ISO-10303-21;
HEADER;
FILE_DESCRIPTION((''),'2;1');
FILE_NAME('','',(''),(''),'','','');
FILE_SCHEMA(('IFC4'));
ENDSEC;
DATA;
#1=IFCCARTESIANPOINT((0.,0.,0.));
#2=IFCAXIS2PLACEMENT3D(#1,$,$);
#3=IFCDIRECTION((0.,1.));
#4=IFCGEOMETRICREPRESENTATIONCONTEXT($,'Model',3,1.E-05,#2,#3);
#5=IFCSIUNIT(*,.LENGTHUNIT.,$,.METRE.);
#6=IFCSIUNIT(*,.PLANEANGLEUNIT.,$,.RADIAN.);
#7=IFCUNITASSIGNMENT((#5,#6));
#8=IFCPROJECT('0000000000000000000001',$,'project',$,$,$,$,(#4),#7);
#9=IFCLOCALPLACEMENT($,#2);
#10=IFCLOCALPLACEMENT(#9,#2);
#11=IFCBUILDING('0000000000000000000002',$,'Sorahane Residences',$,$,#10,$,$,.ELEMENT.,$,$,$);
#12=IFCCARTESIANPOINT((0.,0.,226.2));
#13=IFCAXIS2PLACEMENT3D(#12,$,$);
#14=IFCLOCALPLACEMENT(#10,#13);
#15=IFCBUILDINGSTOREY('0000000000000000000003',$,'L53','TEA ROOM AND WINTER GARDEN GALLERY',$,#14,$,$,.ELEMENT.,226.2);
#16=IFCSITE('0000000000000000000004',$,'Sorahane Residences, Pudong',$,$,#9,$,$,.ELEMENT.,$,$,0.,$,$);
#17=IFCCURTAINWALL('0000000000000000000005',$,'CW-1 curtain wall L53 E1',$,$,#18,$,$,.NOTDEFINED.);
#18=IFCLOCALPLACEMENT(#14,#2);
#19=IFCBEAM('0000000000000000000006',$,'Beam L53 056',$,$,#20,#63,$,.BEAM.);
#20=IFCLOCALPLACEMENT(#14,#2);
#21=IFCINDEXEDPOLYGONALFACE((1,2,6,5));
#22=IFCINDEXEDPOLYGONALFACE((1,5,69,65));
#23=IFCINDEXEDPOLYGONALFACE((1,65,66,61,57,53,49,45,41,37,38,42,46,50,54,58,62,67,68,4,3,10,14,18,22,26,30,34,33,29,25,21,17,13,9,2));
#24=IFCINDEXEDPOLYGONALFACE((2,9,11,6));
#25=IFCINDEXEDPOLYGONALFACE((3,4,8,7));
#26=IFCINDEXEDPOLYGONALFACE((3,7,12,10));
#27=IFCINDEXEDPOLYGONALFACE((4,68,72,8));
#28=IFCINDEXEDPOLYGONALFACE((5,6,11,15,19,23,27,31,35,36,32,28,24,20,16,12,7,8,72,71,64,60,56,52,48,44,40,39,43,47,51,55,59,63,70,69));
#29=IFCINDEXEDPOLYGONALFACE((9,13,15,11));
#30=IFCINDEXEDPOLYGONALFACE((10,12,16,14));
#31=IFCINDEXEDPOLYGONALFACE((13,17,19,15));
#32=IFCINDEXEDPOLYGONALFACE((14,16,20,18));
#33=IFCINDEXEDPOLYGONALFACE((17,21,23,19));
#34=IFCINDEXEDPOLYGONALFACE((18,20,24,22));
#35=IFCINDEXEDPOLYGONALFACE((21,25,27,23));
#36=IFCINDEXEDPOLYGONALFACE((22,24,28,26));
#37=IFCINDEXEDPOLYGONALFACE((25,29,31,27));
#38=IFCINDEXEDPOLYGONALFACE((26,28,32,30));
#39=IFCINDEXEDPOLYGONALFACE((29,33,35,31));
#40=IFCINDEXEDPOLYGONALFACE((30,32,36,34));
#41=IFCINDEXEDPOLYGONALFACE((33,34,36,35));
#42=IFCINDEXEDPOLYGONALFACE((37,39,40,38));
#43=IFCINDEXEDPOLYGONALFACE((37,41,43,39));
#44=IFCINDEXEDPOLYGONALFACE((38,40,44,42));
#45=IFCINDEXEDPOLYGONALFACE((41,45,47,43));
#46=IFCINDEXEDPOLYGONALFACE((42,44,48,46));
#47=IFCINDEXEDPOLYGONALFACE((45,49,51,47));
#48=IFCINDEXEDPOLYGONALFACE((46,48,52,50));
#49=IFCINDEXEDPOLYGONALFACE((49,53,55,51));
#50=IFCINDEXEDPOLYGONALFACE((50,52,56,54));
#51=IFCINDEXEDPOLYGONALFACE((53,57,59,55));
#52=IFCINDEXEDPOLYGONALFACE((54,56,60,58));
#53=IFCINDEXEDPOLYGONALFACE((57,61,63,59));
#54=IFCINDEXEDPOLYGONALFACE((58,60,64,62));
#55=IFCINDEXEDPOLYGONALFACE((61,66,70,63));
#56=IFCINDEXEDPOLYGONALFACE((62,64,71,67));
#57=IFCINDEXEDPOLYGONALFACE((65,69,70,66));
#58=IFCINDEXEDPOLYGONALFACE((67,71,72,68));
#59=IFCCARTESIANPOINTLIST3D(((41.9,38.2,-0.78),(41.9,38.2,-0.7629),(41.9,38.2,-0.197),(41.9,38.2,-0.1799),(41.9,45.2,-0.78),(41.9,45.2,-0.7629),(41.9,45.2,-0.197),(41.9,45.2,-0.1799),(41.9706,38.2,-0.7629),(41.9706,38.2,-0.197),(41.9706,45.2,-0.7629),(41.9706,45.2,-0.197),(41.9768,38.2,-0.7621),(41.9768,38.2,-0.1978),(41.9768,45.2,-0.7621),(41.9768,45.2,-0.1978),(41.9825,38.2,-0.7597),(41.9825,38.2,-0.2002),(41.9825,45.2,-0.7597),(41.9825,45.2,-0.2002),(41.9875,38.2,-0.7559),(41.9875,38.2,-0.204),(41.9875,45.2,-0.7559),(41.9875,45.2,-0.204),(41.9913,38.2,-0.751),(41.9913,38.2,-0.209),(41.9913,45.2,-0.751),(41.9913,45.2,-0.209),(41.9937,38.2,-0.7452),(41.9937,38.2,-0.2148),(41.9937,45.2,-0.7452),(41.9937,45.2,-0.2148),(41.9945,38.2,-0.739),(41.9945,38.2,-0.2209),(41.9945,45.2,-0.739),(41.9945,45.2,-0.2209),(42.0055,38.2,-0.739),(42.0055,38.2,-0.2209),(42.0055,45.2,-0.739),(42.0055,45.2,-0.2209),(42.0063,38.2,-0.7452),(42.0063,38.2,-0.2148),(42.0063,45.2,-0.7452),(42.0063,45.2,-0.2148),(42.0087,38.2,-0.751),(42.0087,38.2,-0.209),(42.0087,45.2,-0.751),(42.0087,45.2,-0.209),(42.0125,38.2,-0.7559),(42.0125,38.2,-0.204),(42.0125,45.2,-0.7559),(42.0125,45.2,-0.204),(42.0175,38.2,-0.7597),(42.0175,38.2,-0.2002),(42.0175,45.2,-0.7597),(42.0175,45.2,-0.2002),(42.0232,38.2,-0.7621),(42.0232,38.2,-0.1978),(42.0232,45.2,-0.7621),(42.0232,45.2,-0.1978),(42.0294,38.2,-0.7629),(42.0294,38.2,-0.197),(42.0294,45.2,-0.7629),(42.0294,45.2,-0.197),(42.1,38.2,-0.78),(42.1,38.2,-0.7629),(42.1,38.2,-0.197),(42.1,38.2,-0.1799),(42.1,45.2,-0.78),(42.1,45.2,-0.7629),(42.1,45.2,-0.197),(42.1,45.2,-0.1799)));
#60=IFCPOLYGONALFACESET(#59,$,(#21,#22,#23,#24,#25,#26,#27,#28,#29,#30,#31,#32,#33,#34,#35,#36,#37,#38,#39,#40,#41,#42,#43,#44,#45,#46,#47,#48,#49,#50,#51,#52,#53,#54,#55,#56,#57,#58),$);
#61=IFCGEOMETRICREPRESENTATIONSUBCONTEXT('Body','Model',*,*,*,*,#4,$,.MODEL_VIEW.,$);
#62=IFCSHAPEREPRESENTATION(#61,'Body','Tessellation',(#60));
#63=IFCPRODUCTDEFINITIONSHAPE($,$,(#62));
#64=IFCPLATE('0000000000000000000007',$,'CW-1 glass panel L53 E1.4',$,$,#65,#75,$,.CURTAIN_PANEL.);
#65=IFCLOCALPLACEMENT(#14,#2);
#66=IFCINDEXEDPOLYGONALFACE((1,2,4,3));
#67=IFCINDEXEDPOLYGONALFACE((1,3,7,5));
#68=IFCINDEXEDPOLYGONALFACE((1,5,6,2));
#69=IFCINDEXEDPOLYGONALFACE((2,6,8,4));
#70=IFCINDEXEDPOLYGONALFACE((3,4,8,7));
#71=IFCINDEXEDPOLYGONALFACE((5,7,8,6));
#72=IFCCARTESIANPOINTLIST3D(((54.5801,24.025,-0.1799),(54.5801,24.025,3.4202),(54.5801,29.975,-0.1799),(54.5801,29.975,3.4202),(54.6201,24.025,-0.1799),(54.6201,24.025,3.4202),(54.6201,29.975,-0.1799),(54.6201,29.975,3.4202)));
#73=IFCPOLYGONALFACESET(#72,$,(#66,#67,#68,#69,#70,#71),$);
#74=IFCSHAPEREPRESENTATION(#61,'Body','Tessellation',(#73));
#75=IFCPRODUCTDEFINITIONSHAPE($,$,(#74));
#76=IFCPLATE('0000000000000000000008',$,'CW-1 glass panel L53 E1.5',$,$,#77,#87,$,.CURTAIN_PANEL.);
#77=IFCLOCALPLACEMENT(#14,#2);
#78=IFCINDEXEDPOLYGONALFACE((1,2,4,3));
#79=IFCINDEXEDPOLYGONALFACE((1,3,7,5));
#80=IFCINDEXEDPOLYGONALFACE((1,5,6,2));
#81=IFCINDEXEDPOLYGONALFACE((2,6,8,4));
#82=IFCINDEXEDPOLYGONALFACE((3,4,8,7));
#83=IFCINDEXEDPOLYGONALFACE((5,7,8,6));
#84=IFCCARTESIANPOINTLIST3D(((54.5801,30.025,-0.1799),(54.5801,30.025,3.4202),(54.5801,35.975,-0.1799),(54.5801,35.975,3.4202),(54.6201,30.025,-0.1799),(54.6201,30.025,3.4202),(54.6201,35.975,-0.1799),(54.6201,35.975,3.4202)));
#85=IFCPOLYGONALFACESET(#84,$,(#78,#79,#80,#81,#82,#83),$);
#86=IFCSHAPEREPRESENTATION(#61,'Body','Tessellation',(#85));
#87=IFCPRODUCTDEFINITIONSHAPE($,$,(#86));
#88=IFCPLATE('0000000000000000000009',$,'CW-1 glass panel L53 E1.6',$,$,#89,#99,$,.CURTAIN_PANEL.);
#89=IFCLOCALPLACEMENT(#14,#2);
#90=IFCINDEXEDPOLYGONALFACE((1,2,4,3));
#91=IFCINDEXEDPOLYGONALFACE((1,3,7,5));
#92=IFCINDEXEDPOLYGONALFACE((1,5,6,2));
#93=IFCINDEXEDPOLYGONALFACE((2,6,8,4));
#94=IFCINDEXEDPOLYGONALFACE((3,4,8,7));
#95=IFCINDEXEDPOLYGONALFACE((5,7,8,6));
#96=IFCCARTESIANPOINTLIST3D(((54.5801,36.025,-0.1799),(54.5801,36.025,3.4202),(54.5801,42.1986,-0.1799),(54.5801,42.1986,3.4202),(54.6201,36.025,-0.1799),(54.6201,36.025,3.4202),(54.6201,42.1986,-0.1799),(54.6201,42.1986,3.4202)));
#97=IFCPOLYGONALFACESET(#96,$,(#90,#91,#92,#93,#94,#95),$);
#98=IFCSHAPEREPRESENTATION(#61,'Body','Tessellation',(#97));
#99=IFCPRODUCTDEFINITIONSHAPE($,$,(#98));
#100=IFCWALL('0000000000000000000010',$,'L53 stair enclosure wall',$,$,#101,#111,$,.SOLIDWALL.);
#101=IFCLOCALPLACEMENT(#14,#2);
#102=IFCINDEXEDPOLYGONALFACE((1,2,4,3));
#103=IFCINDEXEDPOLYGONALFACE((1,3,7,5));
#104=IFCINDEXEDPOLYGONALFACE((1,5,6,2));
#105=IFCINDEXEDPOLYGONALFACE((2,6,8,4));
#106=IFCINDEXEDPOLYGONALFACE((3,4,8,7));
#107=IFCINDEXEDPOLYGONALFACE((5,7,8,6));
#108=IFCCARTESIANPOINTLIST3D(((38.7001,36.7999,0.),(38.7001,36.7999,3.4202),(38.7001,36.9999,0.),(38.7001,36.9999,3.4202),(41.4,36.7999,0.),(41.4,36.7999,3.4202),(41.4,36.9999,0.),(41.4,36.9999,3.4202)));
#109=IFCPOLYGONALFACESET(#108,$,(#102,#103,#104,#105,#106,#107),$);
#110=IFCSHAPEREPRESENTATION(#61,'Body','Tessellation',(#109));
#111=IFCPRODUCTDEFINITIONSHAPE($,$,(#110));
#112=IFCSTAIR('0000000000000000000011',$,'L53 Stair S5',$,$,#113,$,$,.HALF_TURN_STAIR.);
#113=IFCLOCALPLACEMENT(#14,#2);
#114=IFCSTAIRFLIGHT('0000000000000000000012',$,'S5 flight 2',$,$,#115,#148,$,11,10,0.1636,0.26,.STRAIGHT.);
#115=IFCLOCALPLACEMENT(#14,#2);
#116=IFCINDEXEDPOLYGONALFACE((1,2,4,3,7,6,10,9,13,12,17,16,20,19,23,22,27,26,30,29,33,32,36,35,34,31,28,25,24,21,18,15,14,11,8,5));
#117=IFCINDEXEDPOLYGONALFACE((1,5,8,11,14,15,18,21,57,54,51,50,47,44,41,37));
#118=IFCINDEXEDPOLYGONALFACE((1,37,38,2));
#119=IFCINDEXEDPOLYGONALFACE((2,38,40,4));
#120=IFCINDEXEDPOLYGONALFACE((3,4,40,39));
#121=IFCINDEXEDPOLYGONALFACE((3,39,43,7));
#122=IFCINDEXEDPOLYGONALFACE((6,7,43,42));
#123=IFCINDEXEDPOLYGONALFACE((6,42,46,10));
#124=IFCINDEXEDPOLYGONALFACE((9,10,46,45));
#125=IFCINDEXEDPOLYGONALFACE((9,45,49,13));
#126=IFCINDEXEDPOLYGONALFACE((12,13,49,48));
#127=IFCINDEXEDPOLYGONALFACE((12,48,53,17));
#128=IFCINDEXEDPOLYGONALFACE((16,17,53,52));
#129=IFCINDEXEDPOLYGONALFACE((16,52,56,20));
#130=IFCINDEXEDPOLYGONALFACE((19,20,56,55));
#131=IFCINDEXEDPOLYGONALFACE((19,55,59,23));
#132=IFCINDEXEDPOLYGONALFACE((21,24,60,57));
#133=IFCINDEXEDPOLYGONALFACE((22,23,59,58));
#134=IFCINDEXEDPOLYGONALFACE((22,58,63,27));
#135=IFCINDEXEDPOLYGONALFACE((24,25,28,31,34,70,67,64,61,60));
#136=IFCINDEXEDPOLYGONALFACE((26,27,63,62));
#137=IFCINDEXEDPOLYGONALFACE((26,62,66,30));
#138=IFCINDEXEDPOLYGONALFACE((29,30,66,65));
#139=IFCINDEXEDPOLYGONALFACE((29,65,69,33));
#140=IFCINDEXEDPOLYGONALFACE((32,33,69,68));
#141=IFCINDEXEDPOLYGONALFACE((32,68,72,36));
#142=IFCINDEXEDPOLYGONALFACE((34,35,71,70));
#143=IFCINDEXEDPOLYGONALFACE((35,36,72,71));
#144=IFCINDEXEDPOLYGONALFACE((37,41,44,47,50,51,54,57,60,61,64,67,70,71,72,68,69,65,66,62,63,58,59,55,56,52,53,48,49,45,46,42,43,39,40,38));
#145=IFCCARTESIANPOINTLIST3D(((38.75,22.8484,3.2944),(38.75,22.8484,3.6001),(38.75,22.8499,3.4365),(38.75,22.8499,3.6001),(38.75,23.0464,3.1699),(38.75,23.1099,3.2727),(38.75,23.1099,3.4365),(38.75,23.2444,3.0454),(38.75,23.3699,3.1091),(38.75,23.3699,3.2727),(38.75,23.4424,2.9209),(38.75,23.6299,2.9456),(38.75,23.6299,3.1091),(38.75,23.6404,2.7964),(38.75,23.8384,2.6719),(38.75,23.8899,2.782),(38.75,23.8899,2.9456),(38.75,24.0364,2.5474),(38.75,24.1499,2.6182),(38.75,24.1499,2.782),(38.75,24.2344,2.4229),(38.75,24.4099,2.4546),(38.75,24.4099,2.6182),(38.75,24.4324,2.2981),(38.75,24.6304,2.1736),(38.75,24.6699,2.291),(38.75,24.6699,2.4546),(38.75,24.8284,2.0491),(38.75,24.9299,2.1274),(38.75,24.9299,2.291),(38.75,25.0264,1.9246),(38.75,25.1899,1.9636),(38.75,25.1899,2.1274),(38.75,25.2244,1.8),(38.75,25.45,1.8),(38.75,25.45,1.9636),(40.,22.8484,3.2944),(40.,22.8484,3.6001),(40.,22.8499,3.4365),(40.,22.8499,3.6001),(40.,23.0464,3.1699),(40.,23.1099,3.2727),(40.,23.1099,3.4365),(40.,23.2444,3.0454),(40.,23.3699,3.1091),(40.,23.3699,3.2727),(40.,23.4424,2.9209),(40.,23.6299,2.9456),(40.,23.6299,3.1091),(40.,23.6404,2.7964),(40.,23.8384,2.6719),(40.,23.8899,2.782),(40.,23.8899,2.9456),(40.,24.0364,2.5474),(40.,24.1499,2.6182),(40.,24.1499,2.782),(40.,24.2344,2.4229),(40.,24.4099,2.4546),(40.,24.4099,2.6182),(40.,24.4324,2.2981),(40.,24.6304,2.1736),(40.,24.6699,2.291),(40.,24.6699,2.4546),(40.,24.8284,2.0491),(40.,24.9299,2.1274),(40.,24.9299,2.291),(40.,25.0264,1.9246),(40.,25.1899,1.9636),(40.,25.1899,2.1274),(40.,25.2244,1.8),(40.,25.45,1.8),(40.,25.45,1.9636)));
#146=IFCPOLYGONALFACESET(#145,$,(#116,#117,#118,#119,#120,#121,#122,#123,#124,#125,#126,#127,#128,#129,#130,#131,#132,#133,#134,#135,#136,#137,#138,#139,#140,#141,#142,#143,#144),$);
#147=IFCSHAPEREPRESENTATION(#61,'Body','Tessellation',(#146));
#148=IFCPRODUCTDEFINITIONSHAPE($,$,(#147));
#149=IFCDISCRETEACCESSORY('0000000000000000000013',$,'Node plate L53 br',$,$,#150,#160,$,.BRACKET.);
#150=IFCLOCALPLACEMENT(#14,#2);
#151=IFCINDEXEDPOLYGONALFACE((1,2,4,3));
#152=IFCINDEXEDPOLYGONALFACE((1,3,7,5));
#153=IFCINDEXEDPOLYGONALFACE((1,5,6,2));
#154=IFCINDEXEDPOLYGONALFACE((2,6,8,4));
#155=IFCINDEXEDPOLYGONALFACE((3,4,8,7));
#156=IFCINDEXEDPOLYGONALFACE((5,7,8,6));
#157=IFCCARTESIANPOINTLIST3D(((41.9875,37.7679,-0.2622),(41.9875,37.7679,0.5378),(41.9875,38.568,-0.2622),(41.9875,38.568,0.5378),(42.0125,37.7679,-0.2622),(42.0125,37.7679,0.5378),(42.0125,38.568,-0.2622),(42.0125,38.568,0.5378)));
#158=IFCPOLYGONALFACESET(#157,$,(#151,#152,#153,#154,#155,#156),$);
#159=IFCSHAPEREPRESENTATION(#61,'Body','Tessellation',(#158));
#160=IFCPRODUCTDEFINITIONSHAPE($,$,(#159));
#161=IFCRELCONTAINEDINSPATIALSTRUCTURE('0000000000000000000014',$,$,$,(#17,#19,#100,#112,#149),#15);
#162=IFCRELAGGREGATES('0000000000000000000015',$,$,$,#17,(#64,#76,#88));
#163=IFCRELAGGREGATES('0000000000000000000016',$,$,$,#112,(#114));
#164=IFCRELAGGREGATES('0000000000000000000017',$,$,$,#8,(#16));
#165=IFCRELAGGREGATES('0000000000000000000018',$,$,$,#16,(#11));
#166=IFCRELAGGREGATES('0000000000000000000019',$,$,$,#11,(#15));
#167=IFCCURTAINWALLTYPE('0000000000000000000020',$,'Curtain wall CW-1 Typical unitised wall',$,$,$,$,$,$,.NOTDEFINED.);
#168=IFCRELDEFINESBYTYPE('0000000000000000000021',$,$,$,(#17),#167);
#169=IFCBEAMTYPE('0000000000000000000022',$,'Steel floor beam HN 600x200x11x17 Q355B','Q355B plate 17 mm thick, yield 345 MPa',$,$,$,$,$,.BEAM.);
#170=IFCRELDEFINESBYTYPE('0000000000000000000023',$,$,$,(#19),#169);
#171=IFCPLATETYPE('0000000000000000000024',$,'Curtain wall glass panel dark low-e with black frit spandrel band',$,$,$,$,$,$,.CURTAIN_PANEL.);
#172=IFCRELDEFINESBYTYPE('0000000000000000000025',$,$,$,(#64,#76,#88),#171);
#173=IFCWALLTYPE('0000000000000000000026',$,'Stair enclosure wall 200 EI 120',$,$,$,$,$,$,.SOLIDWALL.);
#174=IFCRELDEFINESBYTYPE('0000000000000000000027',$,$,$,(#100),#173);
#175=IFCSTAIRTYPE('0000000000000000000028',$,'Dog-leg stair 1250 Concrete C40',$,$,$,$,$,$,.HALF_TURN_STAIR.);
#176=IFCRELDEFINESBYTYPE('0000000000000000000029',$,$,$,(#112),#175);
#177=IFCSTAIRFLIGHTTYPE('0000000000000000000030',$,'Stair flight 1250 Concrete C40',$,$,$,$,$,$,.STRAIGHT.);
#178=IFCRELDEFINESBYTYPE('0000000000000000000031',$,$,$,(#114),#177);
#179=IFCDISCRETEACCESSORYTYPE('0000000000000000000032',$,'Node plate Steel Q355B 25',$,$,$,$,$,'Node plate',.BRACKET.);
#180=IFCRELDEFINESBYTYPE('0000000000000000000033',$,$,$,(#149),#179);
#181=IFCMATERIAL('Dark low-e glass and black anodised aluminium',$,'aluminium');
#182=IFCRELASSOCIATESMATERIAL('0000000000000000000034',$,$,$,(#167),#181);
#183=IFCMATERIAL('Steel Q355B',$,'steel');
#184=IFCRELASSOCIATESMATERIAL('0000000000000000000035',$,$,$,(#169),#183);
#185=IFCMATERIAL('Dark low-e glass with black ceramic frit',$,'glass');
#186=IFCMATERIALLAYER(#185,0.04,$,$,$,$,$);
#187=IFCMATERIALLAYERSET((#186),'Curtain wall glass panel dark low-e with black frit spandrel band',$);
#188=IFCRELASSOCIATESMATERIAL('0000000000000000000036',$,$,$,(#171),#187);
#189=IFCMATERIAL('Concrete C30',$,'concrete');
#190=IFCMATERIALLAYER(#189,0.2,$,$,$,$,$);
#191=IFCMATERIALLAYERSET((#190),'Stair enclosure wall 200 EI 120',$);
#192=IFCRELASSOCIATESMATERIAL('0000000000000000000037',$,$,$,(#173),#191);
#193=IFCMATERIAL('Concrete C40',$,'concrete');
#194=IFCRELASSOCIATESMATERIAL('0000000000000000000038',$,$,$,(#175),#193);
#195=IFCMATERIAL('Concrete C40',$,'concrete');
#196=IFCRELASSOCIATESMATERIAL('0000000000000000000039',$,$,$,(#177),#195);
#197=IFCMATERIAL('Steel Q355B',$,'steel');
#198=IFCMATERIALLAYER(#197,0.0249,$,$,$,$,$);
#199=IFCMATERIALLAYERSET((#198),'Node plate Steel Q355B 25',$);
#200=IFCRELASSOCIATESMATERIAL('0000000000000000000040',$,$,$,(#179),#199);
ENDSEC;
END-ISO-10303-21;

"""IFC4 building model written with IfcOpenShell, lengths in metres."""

from ifc_helpers import new_model, si_unit, direction, frame, frame_2d, origin, origin_2d, place, context, subcontext, project, spatial, polyline, rectangle, i_section, outline, extrude, material, layer, layer_set, material_profile, profile_set, type_object, element, aggregate, save


model = new_model("IFC4")

# Units and contexts
model_context = context("Model", 3, precision=1e-05, world=origin(), true_north=direction((0.0, 1.0)))
body_context = subcontext(model_context, "Body", "Model", "MODEL_VIEW")
ifc_project = project(units=[si_unit("LENGTHUNIT", "METRE"), si_unit("PLANEANGLEUNIT", "RADIAN")], contexts=[model_context])

# Site, building, storey
site_placement = place(None, origin())
site = spatial("IfcSite", under=ifc_project, at=site_placement, Name="Sorahane Residences, Pudong", CompositionType="ELEMENT", RefElevation=0.0)
building_placement = place(site_placement, origin())
building = spatial("IfcBuilding", under=site, at=building_placement, Name="Sorahane Residences", CompositionType="ELEMENT")
storey_placement = place(building_placement, frame((0.0, 0.0, 226.2)))
storey = spatial("IfcBuildingStorey", under=building, at=storey_placement, Name="L53", Description="TEA ROOM AND WINTER GARDEN GALLERY", CompositionType="ELEMENT", Elevation=226.2)

# Curtain wall
ifc_material_1 = material(Name="Dark low-e glass and black anodised aluminium", Category="aluminium")
curtain_wall_type = type_object("IfcCurtainWallType", Name="Curtain wall CW-1 Typical unitised wall", PredefinedType="NOTDEFINED", material=ifc_material_1)
curtain_wall_placement = place(storey_placement, origin())
curtain_wall = element("IfcCurtainWall", 1, at=curtain_wall_placement, inside=storey, type_object=curtain_wall_type, Name="CW-1 curtain wall L53 E1", PredefinedType="NOTDEFINED")

# Beam
ifc_material_2 = material(Name="Steel Q355B", Category="steel")
ifc_material_profile_1 = material_profile(ifc_material_2, i_section(OverallWidth=0.2, OverallDepth=0.6001, WebThickness=0.011, FlangeThickness=0.0171, FilletRadius=0.0239, at=origin_2d()), Name="HN 600x200x11x17")
ifc_profile_set_1 = profile_set([ifc_material_profile_1], Name="Steel Q355B")
beam_type_1 = type_object("IfcBeamType", Name="Steel floor beam HN 600x200x11x17 Q355B", Description="Q355B plate 17 mm thick, yield 345 MPa", PredefinedType="BEAM", material=ifc_profile_set_1)
for number, where, z_axis, x_axis, name in (
    (2, (42.0, 38.2, -0.48), (0.0, 1.0, 0.0), (-1.0, 0.0, 0.0), "Beam L53 056"),
):
    element("IfcBeam", number, at=place(storey_placement, frame(where, z_axis=z_axis, x_axis=x_axis)), inside=storey, type_object=beam_type_1, Name=name, PredefinedType="BEAM", context=body_context, shape_type="SweptSolid", body=[
        extrude(i_section(OverallWidth=0.2, OverallDepth=0.6001, WebThickness=0.011, FlangeThickness=0.0171, FilletRadius=0.0239, at=origin_2d()), origin(), (0.0, 0.0, 1.0), 7.0),
    ])

# Plates
ifc_material_3 = material(Name="Dark low-e glass with black ceramic frit", Category="glass")
ifc_layer_1 = layer(ifc_material_3, 0.04)
ifc_layer_set_1 = layer_set([ifc_layer_1], Name="Curtain wall glass panel dark low-e with black frit spandrel band")
plate_type = type_object("IfcPlateType", Name="Curtain wall glass panel dark low-e with black frit spandrel band", PredefinedType="CURTAIN_PANEL", material=ifc_layer_set_1)
plate_1_placement = place(storey_placement, frame((54.6001, 27.0, -0.1799), z_axis=(0.0, 0.0, 1.0), x_axis=(0.0, 1.0, 0.0)))
plate_1 = element("IfcPlate", 3, at=plate_1_placement, type_object=plate_type, Name="CW-1 glass panel L53 E1.4", PredefinedType="CURTAIN_PANEL", context=body_context, shape_type="SweptSolid", body=[
    extrude(rectangle(XDim=5.95, YDim=0.04, at=origin_2d()), origin(), (0.0, 0.0, 1.0), 3.6001),
])
plate_2_placement = place(storey_placement, frame((54.6001, 33.0, -0.1799), z_axis=(0.0, 0.0, 1.0), x_axis=(0.0, 1.0, 0.0)))
plate_2 = element("IfcPlate", 4, at=plate_2_placement, type_object=plate_type, Name="CW-1 glass panel L53 E1.5", PredefinedType="CURTAIN_PANEL", context=body_context, shape_type="SweptSolid", body=[
    extrude(rectangle(XDim=5.95, YDim=0.04, at=origin_2d()), origin(), (0.0, 0.0, 1.0), 3.6001),
])
plate_3_placement = place(storey_placement, frame((54.6001, 39.1118, -0.1799), z_axis=(0.0, 0.0, 1.0), x_axis=(0.0, 1.0, 0.0)))
plate_3 = element("IfcPlate", 5, at=plate_3_placement, type_object=plate_type, Name="CW-1 glass panel L53 E1.6", PredefinedType="CURTAIN_PANEL", context=body_context, shape_type="SweptSolid", body=[
    extrude(rectangle(XDim=6.1736, YDim=0.04, at=origin_2d()), origin(), (0.0, 0.0, 1.0), 3.6001),
])
aggregate(curtain_wall, [plate_1, plate_2, plate_3])

# Wall
ifc_material_4 = material(Name="Concrete C30", Category="concrete")
ifc_layer_2 = layer(ifc_material_4, 0.2)
ifc_layer_set_2 = layer_set([ifc_layer_2], Name="Stair enclosure wall 200 EI 120")
wall_type = type_object("IfcWallType", Name="Stair enclosure wall 200 EI 120", PredefinedType="SOLIDWALL", material=ifc_layer_set_2)
wall_placement = place(storey_placement, frame((38.7, 36.8999, 0.0), z_axis=(0.0, 0.0, 1.0), x_axis=(1.0, 0.0, 0.0)))
element("IfcWall", 6, at=wall_placement, inside=storey, type_object=wall_type, Name="L53 stair enclosure wall", PredefinedType="SOLIDWALL", context=body_context, shape_type="SweptSolid", body=[
    extrude(rectangle(XDim=2.7, YDim=0.2, at=frame_2d((1.3501, 0.0))), origin(), (0.0, 0.0, 1.0), 3.4202),
])

# Stair, stair flight
ifc_material_5 = material(Name="Concrete C40", Category="concrete")
stair_type = type_object("IfcStairType", Name="Dog-leg stair 1250 Concrete C40", PredefinedType="HALF_TURN_STAIR", material=ifc_material_5)
stair_placement = place(storey_placement, origin())
stair = element("IfcStair", 7, at=stair_placement, inside=storey, type_object=stair_type, Name="L53 Stair S5", PredefinedType="HALF_TURN_STAIR")
ifc_material_6 = material(Name="Concrete C40", Category="concrete")
stair_flight_type = type_object("IfcStairFlightType", Name="Stair flight 1250 Concrete C40", PredefinedType="STRAIGHT", material=ifc_material_6)
stair_flight_placement = place(storey_placement, frame((39.375, 25.45, 1.8), z_axis=(0.0, 0.0, 1.0), x_axis=(0.0, -1.0, 0.0)))
stair_flight = element("IfcStairFlight", 8, at=stair_flight_placement, type_object=stair_flight_type, Name="S5 flight 2", NumberOfRisers=11, NumberOfTreads=10, PredefinedType="STRAIGHT", RiserHeight=0.1636, TreadLength=0.26, context=body_context, shape_type="SweptSolid", body=[
    extrude(outline(polyline([(0.0, 0.0), (0.0, 0.1636), (0.26, 0.1636), (0.26, 0.3274), (0.52, 0.3274), (0.52, 0.491), (0.78, 0.491), (0.78, 0.6545), (1.04, 0.6545), (1.04, 0.8181), (1.3, 0.8181), (1.3, 0.9819), (1.5601, 0.9819), (1.5601, 1.1455), (1.8201, 1.1455), (1.8201, 1.3091), (2.0801, 1.3091), (2.0801, 1.4727), (2.3401, 1.4727), (2.3401, 1.6365), (2.6001, 1.6365), (2.6001, 1.8), (2.6016, 1.8), (2.6016, 1.4944), (2.4036, 1.3699), (2.2056, 1.2454), (2.0076, 1.1208), (1.8096, 0.9963), (1.6116, 0.8718), (1.4136, 0.7473), (1.2156, 0.6228), (1.0176, 0.498), (0.8196, 0.3735), (0.6216, 0.249), (0.4236, 0.1245), (0.2256, 0.0), (0.0, 0.0)])), frame((0.0, 0.625, 0.0), z_axis=(0.0, -1.0, 0.0), x_axis=(1.0, 0.0, 0.0)), (0.0, 0.0, 1.0), 1.25),
])
aggregate(stair, [stair_flight])

# Discrete accessory
ifc_material_7 = material(Name="Steel Q355B", Category="steel")
ifc_layer_3 = layer(ifc_material_7, 0.0249)
ifc_layer_set_3 = layer_set([ifc_layer_3], Name="Node plate Steel Q355B 25")
discrete_accessory_type = type_object("IfcDiscreteAccessoryType", Name="Node plate Steel Q355B 25", ElementType="Node plate", PredefinedType="BRACKET", material=ifc_layer_set_3)
discrete_accessory_placement = place(storey_placement, frame((42.0, 38.168, -0.2622), z_axis=(0.0, 0.0, 1.0), x_axis=(0.0, 1.0, 0.0)))
element("IfcDiscreteAccessory", 9, at=discrete_accessory_placement, inside=storey, type_object=discrete_accessory_type, Name="Node plate L53 br", PredefinedType="BRACKET", context=body_context, shape_type="SweptSolid", body=[
    extrude(rectangle(XDim=0.8, YDim=0.0249, at=origin_2d()), origin(), (0.0, 0.0, 1.0), 0.8),
])

save(model, "model.ifc")
